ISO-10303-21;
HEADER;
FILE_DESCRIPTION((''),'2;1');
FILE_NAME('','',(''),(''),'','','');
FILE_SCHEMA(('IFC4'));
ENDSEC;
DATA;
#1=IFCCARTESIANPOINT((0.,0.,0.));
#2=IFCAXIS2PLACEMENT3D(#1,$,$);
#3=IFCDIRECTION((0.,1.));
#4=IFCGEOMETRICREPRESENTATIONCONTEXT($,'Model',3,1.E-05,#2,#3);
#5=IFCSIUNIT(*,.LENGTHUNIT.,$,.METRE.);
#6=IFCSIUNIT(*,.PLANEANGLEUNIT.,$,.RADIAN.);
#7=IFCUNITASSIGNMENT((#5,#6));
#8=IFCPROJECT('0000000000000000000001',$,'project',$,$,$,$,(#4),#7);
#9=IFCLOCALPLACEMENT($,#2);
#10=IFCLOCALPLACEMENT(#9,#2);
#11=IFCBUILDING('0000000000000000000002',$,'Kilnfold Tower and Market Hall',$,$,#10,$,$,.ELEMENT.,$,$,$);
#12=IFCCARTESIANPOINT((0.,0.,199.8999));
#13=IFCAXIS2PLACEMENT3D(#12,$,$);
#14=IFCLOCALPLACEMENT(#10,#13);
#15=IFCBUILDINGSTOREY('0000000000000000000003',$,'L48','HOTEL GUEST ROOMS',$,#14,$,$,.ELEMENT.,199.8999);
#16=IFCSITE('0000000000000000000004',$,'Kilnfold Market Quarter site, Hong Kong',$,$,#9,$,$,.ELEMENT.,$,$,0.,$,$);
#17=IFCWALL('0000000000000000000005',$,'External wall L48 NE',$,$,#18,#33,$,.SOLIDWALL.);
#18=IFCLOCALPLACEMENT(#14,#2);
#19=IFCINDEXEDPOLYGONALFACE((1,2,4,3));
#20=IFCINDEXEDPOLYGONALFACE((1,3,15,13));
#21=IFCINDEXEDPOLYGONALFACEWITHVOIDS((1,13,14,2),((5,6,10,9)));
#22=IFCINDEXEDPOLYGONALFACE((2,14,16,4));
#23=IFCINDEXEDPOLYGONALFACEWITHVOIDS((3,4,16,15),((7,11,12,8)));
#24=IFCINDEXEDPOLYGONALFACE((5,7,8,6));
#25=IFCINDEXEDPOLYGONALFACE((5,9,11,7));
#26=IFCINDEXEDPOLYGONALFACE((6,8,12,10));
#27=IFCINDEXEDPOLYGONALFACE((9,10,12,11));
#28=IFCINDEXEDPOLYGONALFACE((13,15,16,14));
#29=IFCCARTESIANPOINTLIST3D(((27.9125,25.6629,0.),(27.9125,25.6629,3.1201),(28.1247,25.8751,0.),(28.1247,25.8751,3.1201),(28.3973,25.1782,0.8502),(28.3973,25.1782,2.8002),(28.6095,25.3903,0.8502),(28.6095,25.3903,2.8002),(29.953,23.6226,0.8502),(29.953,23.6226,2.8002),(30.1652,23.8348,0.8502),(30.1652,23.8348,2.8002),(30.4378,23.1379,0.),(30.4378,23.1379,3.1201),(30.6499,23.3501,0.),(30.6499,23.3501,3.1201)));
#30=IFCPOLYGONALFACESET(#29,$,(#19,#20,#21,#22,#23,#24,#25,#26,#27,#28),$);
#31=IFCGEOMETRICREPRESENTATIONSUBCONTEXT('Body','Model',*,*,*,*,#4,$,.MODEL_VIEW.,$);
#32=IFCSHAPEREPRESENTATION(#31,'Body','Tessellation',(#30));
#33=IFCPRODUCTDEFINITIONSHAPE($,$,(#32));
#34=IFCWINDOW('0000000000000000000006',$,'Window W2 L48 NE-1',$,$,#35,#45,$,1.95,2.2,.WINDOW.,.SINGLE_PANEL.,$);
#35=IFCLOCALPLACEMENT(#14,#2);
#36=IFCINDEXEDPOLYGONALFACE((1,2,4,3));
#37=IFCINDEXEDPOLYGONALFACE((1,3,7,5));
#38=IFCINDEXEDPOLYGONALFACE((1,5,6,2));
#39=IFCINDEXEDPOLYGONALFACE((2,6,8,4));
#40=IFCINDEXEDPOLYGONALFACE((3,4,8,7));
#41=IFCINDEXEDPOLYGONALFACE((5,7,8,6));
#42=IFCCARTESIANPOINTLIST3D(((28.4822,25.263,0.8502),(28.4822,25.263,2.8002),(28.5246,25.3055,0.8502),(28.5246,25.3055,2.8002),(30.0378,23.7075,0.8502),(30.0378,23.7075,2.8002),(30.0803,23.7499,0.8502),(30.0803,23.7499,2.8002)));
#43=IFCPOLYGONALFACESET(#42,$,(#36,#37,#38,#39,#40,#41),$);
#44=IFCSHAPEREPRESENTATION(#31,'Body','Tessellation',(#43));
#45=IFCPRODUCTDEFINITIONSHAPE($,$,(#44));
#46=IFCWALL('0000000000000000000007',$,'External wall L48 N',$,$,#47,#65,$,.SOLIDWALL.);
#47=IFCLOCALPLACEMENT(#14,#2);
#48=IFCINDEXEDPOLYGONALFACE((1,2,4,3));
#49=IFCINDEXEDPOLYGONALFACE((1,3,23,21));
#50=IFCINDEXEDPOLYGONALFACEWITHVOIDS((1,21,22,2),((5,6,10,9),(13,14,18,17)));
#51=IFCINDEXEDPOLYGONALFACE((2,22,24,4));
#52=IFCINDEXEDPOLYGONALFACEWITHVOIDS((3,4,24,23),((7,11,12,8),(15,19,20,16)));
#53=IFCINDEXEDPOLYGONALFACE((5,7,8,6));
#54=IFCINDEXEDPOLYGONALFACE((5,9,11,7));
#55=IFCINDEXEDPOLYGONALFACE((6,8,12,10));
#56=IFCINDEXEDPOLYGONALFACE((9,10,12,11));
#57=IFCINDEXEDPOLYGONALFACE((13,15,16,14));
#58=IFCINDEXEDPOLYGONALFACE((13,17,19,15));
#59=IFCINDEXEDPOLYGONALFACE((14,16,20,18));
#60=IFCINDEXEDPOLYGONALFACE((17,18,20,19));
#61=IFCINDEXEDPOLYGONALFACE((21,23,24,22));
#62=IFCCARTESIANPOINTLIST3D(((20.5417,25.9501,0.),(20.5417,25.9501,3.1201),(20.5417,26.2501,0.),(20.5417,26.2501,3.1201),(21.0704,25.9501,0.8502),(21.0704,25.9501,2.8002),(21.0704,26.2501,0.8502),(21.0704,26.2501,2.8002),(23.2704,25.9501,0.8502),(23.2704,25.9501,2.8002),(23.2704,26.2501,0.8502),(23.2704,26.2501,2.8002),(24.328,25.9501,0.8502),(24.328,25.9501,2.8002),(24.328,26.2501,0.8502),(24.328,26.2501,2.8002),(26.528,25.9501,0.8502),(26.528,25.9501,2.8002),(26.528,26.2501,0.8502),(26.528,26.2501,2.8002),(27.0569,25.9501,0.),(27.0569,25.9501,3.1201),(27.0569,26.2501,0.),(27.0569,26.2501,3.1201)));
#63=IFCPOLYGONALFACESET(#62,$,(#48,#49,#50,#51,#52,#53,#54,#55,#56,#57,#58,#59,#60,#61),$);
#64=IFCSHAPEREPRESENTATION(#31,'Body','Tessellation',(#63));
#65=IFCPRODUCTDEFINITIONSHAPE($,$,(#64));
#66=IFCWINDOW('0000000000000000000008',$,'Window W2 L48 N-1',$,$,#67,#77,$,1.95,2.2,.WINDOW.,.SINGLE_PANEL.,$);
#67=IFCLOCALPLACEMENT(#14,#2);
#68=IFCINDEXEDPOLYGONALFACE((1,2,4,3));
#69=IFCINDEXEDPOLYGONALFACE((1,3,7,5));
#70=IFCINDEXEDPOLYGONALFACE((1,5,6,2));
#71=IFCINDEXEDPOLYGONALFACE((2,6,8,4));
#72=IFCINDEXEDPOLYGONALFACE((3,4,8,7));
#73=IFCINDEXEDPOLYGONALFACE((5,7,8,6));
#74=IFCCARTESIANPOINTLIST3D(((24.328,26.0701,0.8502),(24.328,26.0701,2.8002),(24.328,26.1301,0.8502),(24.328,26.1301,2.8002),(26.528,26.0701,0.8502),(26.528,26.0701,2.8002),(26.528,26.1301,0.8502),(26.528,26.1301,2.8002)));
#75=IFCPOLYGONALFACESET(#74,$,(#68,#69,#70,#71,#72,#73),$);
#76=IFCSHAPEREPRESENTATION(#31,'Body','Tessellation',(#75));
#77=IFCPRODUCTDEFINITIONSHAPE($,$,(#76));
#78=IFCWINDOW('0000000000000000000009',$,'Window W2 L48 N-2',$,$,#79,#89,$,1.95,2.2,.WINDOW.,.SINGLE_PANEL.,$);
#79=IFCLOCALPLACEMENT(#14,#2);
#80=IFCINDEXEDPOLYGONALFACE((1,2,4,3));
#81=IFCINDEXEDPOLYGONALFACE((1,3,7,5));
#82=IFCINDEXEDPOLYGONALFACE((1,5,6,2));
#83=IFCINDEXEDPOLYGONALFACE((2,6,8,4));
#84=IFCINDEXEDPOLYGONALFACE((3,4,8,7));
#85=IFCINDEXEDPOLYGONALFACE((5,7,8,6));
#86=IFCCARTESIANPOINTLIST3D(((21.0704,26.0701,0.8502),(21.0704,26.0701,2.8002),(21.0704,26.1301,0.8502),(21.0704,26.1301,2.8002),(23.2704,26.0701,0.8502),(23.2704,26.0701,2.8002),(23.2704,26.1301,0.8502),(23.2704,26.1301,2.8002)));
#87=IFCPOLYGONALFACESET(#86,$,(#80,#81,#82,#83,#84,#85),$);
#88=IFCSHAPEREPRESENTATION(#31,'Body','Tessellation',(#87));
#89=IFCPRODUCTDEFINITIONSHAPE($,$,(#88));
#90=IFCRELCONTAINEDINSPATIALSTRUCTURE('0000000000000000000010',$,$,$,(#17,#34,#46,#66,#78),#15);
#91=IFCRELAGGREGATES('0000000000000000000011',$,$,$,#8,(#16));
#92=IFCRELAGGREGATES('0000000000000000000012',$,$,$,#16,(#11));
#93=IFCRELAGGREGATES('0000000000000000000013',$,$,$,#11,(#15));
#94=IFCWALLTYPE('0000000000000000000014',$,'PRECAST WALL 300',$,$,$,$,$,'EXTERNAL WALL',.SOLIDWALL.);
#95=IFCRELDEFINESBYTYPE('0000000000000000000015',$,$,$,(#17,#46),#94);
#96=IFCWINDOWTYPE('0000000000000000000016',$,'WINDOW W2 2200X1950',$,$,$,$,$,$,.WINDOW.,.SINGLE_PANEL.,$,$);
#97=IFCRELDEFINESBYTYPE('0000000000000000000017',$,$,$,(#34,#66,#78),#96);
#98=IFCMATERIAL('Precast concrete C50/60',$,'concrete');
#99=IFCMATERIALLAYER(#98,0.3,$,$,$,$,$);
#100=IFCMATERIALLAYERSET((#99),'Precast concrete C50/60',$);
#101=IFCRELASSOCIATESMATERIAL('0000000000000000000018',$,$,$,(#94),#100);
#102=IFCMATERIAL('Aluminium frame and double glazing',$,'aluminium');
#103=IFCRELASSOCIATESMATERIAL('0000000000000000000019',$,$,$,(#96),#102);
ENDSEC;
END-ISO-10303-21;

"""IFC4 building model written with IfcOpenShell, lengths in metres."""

from ifc_helpers import new_model, si_unit, direction, frame, frame_2d, origin, place, context, subcontext, project, spatial, rectangle, extrude, source, transform, mapped, material, layer, layer_set, type_object, element, fill, save


model = new_model("IFC4")

# Units and contexts
model_context = context("Model", 3, precision=1e-05, world=origin(), true_north=direction((0.0, 1.0)))
body_context = subcontext(model_context, "Body", "Model", "MODEL_VIEW")
ifc_project = project(units=[si_unit("LENGTHUNIT", "METRE"), si_unit("PLANEANGLEUNIT", "RADIAN")], contexts=[model_context])

# Site, building, storey
site_placement = place(None, origin())
site = spatial("IfcSite", under=ifc_project, at=site_placement, Name="Kilnfold Market Quarter site, Hong Kong", CompositionType="ELEMENT", RefElevation=0.0)
building_placement = place(site_placement, origin())
building = spatial("IfcBuilding", under=site, at=building_placement, Name="Kilnfold Tower and Market Hall", CompositionType="ELEMENT")
storey_placement = place(building_placement, frame((0.0, 0.0, 199.8999)))
storey = spatial("IfcBuildingStorey", under=building, at=storey_placement, Name="L48", Description="HOTEL GUEST ROOMS", CompositionType="ELEMENT", Elevation=199.8999)

# Shared definitions
ifc_material_1 = material(Name="Precast concrete C50/60", Category="concrete")
ifc_layer_1 = layer(ifc_material_1, 0.3)
ifc_layer_set_1 = layer_set([ifc_layer_1], Name="Precast concrete C50/60")
wall_type_1 = type_object("IfcWallType", Name="PRECAST WALL 300", ElementType="EXTERNAL WALL", PredefinedType="SOLIDWALL", material=ifc_layer_set_1)
ifc_material_2 = material(Name="Aluminium frame and double glazing", Category="aluminium")
window_type = type_object("IfcWindowType", Name="WINDOW W2 2200X1950", PartitioningType="SINGLE_PANEL", PredefinedType="WINDOW", material=ifc_material_2)

# Wall, opening, window
shared_shape_1 = source(origin(), body_context, "Body", "SweptSolid", [
    extrude(rectangle(XDim=3.571, YDim=0.3, at=frame_2d((1.7856, 0.0))), origin(), (0.0, 0.0, 1.0), 3.1201),
])
wall_1_placement = place(storey_placement, frame((30.5439, 23.2439, 0.0), z_axis=(0.0, 0.0, 1.0), x_axis=(-0.707141, 0.707073, 0.0)))
wall_1 = element("IfcWall", 1, at=wall_1_placement, inside=storey, type_object=wall_type_1, Name="External wall L48 NE", PredefinedType="SOLIDWALL", context=body_context, shape_type="MappedRepresentation", body=[
    mapped(shared_shape_1, transform((0.0, 0.0, 0.0))),
])
opening_1_placement = place(wall_1_placement, frame((0.6855, 0.0, 0.8501)))
opening_1 = element("IfcOpeningElement", 2, at=opening_1_placement, cuts=wall_1, PredefinedType="OPENING", context=body_context, shape_type="SweptSolid", body=[
    extrude(rectangle(XDim=2.2, YDim=1.95, at=frame_2d((1.1001, 0.9751))), frame((0.0, 0.1602, 0.0), z_axis=(0.0, -1.0, 0.0), x_axis=(1.0, 0.0, 0.0)), (0.0, 0.0, 1.0), 0.3201),
])
window_1_placement = place(opening_1_placement, origin())
window_1 = element("IfcWindow", 3, at=window_1_placement, inside=storey, type_object=window_type, Name="Window W2 L48 NE-1", OverallHeight=1.95, OverallWidth=2.2, PartitioningType="SINGLE_PANEL", PredefinedType="WINDOW", context=body_context, shape_type="SweptSolid", body=[
    extrude(rectangle(XDim=2.2, YDim=1.95, at=frame_2d((1.1001, 0.9751))), frame((0.0, 0.03, 0.0), z_axis=(0.0, -1.0, 0.0), x_axis=(1.0, 0.0, 0.0)), (0.0, 0.0, 1.0), 0.0601),
])
fill(opening_1, window_1)

# Wall, openings, windows
shared_shape_2 = source(origin(), body_context, "Body", "SweptSolid", [
    extrude(rectangle(XDim=6.5151, YDim=0.3, at=frame_2d((3.2576, 0.0))), origin(), (0.0, 0.0, 1.0), 3.1201),
])
wall_2_placement = place(storey_placement, frame((27.0569, 26.1001, 0.0), z_axis=(0.0, 0.0, 1.0), x_axis=(-1.0, 0.0, 0.0)))
wall_2 = element("IfcWall", 4, at=wall_2_placement, inside=storey, type_object=wall_type_1, Name="External wall L48 N", PredefinedType="SOLIDWALL", context=body_context, shape_type="MappedRepresentation", body=[
    mapped(shared_shape_2, transform((0.0, 0.0, 0.0))),
])
opening_2_placement = place(wall_2_placement, frame((0.5288, 0.0, 0.8501)))
opening_2 = element("IfcOpeningElement", 5, at=opening_2_placement, cuts=wall_2, PredefinedType="OPENING", context=body_context, shape_type="SweptSolid", body=[
    extrude(rectangle(XDim=2.2, YDim=1.95, at=frame_2d((1.1001, 0.9751))), frame((0.0, 0.1602, 0.0), z_axis=(0.0, -1.0, 0.0), x_axis=(1.0, 0.0, 0.0)), (0.0, 0.0, 1.0), 0.3201),
])
opening_3_placement = place(wall_2_placement, frame((3.7864, 0.0, 0.8501)))
opening_3 = element("IfcOpeningElement", 6, at=opening_3_placement, cuts=wall_2, PredefinedType="OPENING", context=body_context, shape_type="SweptSolid", body=[
    extrude(rectangle(XDim=2.2, YDim=1.95, at=frame_2d((1.1001, 0.9751))), frame((0.0, 0.1602, 0.0), z_axis=(0.0, -1.0, 0.0), x_axis=(1.0, 0.0, 0.0)), (0.0, 0.0, 1.0), 0.3201),
])
window_2_placement = place(opening_2_placement, origin())
window_2 = element("IfcWindow", 7, at=window_2_placement, inside=storey, type_object=window_type, Name="Window W2 L48 N-1", OverallHeight=1.95, OverallWidth=2.2, PartitioningType="SINGLE_PANEL", PredefinedType="WINDOW", context=body_context, shape_type="SweptSolid", body=[
    extrude(rectangle(XDim=2.2, YDim=1.95, at=frame_2d((1.1001, 0.9751))), frame((0.0, 0.03, 0.0), z_axis=(0.0, -1.0, 0.0), x_axis=(1.0, 0.0, 0.0)), (0.0, 0.0, 1.0), 0.0601),
])
fill(opening_2, window_2)
window_3_placement = place(opening_3_placement, origin())
window_3 = element("IfcWindow", 8, at=window_3_placement, inside=storey, type_object=window_type, Name="Window W2 L48 N-2", OverallHeight=1.95, OverallWidth=2.2, PartitioningType="SINGLE_PANEL", PredefinedType="WINDOW", context=body_context, shape_type="SweptSolid", body=[
    extrude(rectangle(XDim=2.2, YDim=1.95, at=frame_2d((1.1001, 0.9751))), frame((0.0, 0.03, 0.0), z_axis=(0.0, -1.0, 0.0), x_axis=(1.0, 0.0, 0.0)), (0.0, 0.0, 1.0), 0.0601),
])
fill(opening_3, window_3)

save(model, "model.ifc")
